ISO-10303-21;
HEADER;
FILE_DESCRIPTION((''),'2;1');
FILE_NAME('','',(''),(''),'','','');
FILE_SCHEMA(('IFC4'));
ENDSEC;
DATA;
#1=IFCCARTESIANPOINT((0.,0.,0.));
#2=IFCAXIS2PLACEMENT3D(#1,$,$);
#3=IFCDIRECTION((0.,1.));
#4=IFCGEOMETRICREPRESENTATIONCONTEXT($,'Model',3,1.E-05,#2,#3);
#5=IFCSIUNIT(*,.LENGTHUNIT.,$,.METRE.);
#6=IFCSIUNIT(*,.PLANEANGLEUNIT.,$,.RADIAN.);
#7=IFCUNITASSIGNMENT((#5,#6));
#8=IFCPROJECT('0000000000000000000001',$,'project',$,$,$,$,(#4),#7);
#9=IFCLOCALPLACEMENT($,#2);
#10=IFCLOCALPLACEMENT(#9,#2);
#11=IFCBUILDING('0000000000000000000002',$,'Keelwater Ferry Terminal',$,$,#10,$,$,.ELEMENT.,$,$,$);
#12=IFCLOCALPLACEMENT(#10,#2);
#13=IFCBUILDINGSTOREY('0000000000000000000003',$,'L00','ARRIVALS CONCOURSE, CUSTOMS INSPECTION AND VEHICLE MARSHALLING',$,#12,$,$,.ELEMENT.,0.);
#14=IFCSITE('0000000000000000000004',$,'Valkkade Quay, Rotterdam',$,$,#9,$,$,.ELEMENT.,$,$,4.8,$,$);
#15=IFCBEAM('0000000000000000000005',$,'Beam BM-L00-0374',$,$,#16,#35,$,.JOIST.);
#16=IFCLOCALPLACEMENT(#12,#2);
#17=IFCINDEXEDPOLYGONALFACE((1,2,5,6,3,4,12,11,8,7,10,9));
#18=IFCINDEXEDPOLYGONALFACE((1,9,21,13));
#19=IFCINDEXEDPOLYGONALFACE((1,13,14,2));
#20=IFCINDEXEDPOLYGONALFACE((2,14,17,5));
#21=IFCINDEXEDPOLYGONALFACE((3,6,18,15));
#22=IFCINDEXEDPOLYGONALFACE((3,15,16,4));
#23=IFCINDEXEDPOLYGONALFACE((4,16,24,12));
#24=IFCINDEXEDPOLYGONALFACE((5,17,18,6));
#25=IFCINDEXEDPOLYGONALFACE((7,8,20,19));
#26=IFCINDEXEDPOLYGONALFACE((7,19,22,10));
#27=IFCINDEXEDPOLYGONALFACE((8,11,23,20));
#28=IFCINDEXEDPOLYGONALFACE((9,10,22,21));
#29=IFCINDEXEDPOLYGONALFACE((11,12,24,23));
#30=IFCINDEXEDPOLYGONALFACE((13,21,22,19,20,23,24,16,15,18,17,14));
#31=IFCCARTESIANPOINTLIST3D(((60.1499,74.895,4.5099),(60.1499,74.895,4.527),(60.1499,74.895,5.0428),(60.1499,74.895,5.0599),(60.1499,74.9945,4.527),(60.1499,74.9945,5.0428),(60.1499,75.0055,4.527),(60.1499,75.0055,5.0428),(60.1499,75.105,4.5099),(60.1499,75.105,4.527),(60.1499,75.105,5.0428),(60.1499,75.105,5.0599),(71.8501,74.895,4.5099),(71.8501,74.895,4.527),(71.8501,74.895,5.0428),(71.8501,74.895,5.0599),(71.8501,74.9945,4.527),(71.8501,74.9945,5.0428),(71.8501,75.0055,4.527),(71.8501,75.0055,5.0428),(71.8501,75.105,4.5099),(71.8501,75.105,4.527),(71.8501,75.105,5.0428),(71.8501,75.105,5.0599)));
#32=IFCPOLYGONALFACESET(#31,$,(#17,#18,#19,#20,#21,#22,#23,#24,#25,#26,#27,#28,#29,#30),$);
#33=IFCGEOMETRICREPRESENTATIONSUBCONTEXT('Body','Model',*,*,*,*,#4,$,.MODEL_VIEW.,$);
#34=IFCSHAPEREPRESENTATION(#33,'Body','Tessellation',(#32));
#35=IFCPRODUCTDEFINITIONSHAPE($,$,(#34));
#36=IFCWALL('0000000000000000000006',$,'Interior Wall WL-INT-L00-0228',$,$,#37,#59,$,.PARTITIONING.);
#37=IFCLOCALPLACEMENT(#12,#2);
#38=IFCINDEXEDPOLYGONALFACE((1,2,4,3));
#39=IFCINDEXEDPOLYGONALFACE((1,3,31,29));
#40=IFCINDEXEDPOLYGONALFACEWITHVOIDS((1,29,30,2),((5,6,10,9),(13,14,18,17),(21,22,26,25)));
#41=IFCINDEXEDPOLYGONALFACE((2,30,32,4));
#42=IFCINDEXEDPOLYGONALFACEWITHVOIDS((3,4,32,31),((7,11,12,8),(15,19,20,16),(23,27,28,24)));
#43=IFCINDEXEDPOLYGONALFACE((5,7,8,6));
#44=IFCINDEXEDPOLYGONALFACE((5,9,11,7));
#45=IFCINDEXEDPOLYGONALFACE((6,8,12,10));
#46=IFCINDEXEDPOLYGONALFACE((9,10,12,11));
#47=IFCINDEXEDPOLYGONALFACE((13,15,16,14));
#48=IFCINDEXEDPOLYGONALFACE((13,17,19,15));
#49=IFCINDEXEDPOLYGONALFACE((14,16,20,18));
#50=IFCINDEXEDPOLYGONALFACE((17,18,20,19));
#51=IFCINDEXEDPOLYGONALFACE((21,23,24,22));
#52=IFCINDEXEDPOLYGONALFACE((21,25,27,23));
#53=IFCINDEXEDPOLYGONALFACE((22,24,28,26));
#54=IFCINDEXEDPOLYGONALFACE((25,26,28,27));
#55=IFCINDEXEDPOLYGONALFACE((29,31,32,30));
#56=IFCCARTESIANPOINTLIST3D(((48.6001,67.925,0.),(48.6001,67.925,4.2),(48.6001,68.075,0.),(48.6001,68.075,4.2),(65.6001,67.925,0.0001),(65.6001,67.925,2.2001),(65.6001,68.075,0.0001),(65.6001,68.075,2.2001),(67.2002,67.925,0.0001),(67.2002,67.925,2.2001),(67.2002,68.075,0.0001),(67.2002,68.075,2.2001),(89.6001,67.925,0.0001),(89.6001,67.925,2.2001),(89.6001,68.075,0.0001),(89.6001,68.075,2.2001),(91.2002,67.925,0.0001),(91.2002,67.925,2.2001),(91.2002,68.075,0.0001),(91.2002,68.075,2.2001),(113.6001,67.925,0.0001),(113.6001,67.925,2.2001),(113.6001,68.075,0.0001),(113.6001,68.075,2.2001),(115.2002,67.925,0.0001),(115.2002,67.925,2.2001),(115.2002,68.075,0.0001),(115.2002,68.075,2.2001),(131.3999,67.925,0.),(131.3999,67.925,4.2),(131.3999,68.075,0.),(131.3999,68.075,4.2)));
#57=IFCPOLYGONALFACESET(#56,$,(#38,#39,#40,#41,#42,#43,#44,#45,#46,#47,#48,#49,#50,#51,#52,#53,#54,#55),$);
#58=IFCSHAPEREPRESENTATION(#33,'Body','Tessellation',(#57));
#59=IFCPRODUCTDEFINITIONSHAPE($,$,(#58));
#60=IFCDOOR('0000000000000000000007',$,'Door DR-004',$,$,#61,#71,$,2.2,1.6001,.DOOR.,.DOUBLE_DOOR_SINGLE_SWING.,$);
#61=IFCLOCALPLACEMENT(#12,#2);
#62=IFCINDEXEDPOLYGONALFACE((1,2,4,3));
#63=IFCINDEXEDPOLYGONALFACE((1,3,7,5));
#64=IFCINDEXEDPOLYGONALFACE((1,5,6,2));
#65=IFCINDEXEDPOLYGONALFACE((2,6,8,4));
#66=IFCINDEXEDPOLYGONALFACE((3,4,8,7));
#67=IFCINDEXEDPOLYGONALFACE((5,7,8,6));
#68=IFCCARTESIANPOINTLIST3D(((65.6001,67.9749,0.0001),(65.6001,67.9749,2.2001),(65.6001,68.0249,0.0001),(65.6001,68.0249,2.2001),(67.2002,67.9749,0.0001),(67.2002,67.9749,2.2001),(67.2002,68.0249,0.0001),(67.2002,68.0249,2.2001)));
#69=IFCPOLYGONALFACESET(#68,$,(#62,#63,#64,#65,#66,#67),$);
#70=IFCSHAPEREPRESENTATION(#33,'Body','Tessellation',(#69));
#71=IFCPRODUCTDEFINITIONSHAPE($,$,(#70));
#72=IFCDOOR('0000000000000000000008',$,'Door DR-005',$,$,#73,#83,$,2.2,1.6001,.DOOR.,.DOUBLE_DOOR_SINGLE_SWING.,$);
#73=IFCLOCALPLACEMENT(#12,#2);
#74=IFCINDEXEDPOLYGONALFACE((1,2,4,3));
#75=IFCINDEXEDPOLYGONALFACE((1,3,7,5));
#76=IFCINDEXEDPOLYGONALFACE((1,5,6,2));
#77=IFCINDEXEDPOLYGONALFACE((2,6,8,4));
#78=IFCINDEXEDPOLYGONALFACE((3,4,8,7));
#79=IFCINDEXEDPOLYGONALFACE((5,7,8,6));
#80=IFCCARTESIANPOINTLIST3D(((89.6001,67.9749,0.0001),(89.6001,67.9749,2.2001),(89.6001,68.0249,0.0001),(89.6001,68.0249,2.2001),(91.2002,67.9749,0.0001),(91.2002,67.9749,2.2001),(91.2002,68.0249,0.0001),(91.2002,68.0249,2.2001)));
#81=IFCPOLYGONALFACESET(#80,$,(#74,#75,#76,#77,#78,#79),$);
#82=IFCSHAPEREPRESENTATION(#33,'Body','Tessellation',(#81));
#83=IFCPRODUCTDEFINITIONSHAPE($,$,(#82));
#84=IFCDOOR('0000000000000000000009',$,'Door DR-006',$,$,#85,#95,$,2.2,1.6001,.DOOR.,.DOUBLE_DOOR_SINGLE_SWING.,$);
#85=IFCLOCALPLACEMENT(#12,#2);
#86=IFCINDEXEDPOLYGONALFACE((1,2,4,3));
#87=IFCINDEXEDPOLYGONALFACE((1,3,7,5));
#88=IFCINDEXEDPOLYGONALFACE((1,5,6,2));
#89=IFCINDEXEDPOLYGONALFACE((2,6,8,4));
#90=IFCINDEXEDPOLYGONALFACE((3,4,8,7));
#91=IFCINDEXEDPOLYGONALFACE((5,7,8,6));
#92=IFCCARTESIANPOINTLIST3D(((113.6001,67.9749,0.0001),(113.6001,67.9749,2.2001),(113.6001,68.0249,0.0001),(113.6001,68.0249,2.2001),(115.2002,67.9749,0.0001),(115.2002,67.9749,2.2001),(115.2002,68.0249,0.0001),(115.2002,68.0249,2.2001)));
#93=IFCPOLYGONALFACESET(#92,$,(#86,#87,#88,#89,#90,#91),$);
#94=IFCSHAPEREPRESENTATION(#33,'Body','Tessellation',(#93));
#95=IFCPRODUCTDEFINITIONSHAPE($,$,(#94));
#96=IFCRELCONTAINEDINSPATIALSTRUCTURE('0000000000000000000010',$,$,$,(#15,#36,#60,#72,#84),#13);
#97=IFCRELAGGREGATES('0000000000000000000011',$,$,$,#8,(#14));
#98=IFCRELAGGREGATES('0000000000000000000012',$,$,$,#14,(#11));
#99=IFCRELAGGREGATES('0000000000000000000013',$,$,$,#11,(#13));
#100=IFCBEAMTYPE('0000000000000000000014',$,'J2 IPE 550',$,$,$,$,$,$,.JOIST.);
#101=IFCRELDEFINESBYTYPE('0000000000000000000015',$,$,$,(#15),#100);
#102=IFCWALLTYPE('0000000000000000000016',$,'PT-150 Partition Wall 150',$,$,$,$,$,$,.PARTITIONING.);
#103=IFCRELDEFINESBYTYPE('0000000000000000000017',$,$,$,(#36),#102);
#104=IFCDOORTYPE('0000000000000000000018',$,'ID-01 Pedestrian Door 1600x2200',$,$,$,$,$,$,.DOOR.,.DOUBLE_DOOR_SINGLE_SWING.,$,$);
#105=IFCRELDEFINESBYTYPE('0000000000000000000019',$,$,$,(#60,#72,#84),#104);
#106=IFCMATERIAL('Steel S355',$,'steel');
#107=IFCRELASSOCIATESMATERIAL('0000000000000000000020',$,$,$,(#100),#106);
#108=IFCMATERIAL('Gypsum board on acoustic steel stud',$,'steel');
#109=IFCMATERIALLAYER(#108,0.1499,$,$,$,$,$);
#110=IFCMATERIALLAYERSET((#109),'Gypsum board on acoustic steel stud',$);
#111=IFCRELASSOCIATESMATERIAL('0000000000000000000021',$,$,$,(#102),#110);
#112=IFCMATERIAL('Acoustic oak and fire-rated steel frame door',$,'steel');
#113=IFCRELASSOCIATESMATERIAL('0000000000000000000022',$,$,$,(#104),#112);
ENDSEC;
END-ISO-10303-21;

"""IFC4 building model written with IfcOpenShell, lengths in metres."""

from ifc_helpers import new_model, si_unit, direction, frame, frame_2d, origin, origin_2d, place, context, subcontext, project, spatial, rectangle, i_section, extrude, material, layer, layer_set, material_profile, profile_set, type_object, element, fill, save


model = new_model("IFC4")

# Units and contexts
model_context = context("Model", 3, precision=1e-05, world=origin(), true_north=direction((0.0, 1.0)))
body_context = subcontext(model_context, "Body", "Model", "MODEL_VIEW")
ifc_project = project(units=[si_unit("LENGTHUNIT", "METRE"), si_unit("PLANEANGLEUNIT", "RADIAN")], contexts=[model_context])

# Site, building, storey
site_placement = place(None, origin())
site = spatial("IfcSite", under=ifc_project, at=site_placement, Name="Valkkade Quay, Rotterdam", CompositionType="ELEMENT", RefElevation=4.8)
building_placement = place(site_placement, origin())
building = spatial("IfcBuilding", under=site, at=building_placement, Name="Keelwater Ferry Terminal", CompositionType="ELEMENT")
storey_placement = place(building_placement, origin())
storey = spatial("IfcBuildingStorey", under=building, at=storey_placement, Name="L00", Description="ARRIVALS CONCOURSE, CUSTOMS INSPECTION AND VEHICLE MARSHALLING", CompositionType="ELEMENT", Elevation=0.0)

# Beam
ifc_material_1 = material(Name="Steel S355", Category="steel")
ifc_material_profile_1 = material_profile(ifc_material_1, i_section(OverallWidth=0.21, OverallDepth=0.55, WebThickness=0.011, FlangeThickness=0.0171, at=origin_2d()), Name="IPE 550")
ifc_profile_set_1 = profile_set([ifc_material_profile_1], Name="Steel S355")
beam_type_1 = type_object("IfcBeamType", Name="J2 IPE 550", PredefinedType="JOIST", material=ifc_profile_set_1)
for number, where, z_axis, x_axis, name in (
    (1, (60.1499, 75.0, 4.7849), (1.0, 0.0, 0.0), (0.0, 1.0, 0.0), "Beam BM-L00-0374"),
):
    element("IfcBeam", number, at=place(storey_placement, frame(where, z_axis=z_axis, x_axis=x_axis)), inside=storey, type_object=beam_type_1, Name=name, PredefinedType="JOIST", context=body_context, shape_type="SweptSolid", body=[
        extrude(i_section(OverallWidth=0.21, OverallDepth=0.55, WebThickness=0.011, FlangeThickness=0.0171, at=origin_2d()), origin(), (0.0, 0.0, 1.0), 11.7002),
    ])

# Wall, openings, doors
ifc_material_2 = material(Name="Gypsum board on acoustic steel stud", Category="steel")
ifc_layer = layer(ifc_material_2, 0.1499)
ifc_layer_set = layer_set([ifc_layer], Name="Gypsum board on acoustic steel stud")
wall_type = type_object("IfcWallType", Name="PT-150 Partition Wall 150", PredefinedType="PARTITIONING", material=ifc_layer_set)
wall_placement = place(storey_placement, frame((48.6001, 68.0, 0.0), z_axis=(0.0, 0.0, 1.0), x_axis=(1.0, 0.0, 0.0)))
wall = element("IfcWall", 2, at=wall_placement, inside=storey, type_object=wall_type, Name="Interior Wall WL-INT-L00-0228", PredefinedType="PARTITIONING", context=body_context, shape_type="SweptSolid", body=[
    extrude(rectangle(XDim=82.7998, YDim=0.1499, at=frame_2d((41.3999, 0.0))), origin(), (0.0, 0.0, 1.0), 4.2),
])
opening_1_placement = place(wall_placement, frame((17.0, 0.0, 0.0)))
opening_1 = element("IfcOpeningElement", 3, at=opening_1_placement, cuts=wall, PredefinedType="OPENING", context=body_context, shape_type="SweptSolid", body=[
    extrude(rectangle(XDim=1.6001, YDim=2.2, at=frame_2d((0.8, 1.1001))), frame((0.0, 0.085, 0.0), z_axis=(0.0, -1.0, 0.0), x_axis=(1.0, 0.0, 0.0)), (0.0, 0.0, 1.0), 0.1699),
])
opening_2_placement = place(wall_placement, frame((41.0, 0.0, 0.0)))
opening_2 = element("IfcOpeningElement", 4, at=opening_2_placement, cuts=wall, PredefinedType="OPENING", context=body_context, shape_type="SweptSolid", body=[
    extrude(rectangle(XDim=1.6001, YDim=2.2, at=frame_2d((0.8, 1.1001))), frame((0.0, 0.085, 0.0), z_axis=(0.0, -1.0, 0.0), x_axis=(1.0, 0.0, 0.0)), (0.0, 0.0, 1.0), 0.1699),
])
opening_3_placement = place(wall_placement, frame((65.0, 0.0, 0.0)))
opening_3 = element("IfcOpeningElement", 5, at=opening_3_placement, cuts=wall, PredefinedType="OPENING", context=body_context, shape_type="SweptSolid", body=[
    extrude(rectangle(XDim=1.6001, YDim=2.2, at=frame_2d((0.8, 1.1001))), frame((0.0, 0.085, 0.0), z_axis=(0.0, -1.0, 0.0), x_axis=(1.0, 0.0, 0.0)), (0.0, 0.0, 1.0), 0.1699),
])
ifc_material_3 = material(Name="Acoustic oak and fire-rated steel frame door", Category="steel")
door_type = type_object("IfcDoorType", Name="ID-01 Pedestrian Door 1600x2200", OperationType="DOUBLE_DOOR_SINGLE_SWING", PredefinedType="DOOR", material=ifc_material_3)
door_1_placement = place(opening_1_placement, origin())
door_1 = element("IfcDoor", 6, at=door_1_placement, inside=storey, type_object=door_type, Name="Door DR-004", OperationType="DOUBLE_DOOR_SINGLE_SWING", OverallHeight=2.2, OverallWidth=1.6001, PredefinedType="DOOR", context=body_context, shape_type="SweptSolid", body=[
    extrude(rectangle(XDim=1.6001, YDim=2.2, at=frame_2d((0.8, 1.1001))), frame((0.0, 0.0249, 0.0), z_axis=(0.0, -1.0, 0.0), x_axis=(1.0, 0.0, 0.0)), (0.0, 0.0, 1.0), 0.05),
])
fill(opening_1, door_1)
door_2_placement = place(opening_2_placement, origin())
door_2 = element("IfcDoor", 7, at=door_2_placement, inside=storey, type_object=door_type, Name="Door DR-005", OperationType="DOUBLE_DOOR_SINGLE_SWING", OverallHeight=2.2, OverallWidth=1.6001, PredefinedType="DOOR", context=body_context, shape_type="SweptSolid", body=[
    extrude(rectangle(XDim=1.6001, YDim=2.2, at=frame_2d((0.8, 1.1001))), frame((0.0, 0.0249, 0.0), z_axis=(0.0, -1.0, 0.0), x_axis=(1.0, 0.0, 0.0)), (0.0, 0.0, 1.0), 0.05),
])
fill(opening_2, door_2)
door_3_placement = place(opening_3_placement, origin())
door_3 = element("IfcDoor", 8, at=door_3_placement, inside=storey, type_object=door_type, Name="Door DR-006", OperationType="DOUBLE_DOOR_SINGLE_SWING", OverallHeight=2.2, OverallWidth=1.6001, PredefinedType="DOOR", context=body_context, shape_type="SweptSolid", body=[
    extrude(rectangle(XDim=1.6001, YDim=2.2, at=frame_2d((0.8, 1.1001))), frame((0.0, 0.0249, 0.0), z_axis=(0.0, -1.0, 0.0), x_axis=(1.0, 0.0, 0.0)), (0.0, 0.0, 1.0), 0.05),
])
fill(opening_3, door_3)

save(model, "model.ifc")
